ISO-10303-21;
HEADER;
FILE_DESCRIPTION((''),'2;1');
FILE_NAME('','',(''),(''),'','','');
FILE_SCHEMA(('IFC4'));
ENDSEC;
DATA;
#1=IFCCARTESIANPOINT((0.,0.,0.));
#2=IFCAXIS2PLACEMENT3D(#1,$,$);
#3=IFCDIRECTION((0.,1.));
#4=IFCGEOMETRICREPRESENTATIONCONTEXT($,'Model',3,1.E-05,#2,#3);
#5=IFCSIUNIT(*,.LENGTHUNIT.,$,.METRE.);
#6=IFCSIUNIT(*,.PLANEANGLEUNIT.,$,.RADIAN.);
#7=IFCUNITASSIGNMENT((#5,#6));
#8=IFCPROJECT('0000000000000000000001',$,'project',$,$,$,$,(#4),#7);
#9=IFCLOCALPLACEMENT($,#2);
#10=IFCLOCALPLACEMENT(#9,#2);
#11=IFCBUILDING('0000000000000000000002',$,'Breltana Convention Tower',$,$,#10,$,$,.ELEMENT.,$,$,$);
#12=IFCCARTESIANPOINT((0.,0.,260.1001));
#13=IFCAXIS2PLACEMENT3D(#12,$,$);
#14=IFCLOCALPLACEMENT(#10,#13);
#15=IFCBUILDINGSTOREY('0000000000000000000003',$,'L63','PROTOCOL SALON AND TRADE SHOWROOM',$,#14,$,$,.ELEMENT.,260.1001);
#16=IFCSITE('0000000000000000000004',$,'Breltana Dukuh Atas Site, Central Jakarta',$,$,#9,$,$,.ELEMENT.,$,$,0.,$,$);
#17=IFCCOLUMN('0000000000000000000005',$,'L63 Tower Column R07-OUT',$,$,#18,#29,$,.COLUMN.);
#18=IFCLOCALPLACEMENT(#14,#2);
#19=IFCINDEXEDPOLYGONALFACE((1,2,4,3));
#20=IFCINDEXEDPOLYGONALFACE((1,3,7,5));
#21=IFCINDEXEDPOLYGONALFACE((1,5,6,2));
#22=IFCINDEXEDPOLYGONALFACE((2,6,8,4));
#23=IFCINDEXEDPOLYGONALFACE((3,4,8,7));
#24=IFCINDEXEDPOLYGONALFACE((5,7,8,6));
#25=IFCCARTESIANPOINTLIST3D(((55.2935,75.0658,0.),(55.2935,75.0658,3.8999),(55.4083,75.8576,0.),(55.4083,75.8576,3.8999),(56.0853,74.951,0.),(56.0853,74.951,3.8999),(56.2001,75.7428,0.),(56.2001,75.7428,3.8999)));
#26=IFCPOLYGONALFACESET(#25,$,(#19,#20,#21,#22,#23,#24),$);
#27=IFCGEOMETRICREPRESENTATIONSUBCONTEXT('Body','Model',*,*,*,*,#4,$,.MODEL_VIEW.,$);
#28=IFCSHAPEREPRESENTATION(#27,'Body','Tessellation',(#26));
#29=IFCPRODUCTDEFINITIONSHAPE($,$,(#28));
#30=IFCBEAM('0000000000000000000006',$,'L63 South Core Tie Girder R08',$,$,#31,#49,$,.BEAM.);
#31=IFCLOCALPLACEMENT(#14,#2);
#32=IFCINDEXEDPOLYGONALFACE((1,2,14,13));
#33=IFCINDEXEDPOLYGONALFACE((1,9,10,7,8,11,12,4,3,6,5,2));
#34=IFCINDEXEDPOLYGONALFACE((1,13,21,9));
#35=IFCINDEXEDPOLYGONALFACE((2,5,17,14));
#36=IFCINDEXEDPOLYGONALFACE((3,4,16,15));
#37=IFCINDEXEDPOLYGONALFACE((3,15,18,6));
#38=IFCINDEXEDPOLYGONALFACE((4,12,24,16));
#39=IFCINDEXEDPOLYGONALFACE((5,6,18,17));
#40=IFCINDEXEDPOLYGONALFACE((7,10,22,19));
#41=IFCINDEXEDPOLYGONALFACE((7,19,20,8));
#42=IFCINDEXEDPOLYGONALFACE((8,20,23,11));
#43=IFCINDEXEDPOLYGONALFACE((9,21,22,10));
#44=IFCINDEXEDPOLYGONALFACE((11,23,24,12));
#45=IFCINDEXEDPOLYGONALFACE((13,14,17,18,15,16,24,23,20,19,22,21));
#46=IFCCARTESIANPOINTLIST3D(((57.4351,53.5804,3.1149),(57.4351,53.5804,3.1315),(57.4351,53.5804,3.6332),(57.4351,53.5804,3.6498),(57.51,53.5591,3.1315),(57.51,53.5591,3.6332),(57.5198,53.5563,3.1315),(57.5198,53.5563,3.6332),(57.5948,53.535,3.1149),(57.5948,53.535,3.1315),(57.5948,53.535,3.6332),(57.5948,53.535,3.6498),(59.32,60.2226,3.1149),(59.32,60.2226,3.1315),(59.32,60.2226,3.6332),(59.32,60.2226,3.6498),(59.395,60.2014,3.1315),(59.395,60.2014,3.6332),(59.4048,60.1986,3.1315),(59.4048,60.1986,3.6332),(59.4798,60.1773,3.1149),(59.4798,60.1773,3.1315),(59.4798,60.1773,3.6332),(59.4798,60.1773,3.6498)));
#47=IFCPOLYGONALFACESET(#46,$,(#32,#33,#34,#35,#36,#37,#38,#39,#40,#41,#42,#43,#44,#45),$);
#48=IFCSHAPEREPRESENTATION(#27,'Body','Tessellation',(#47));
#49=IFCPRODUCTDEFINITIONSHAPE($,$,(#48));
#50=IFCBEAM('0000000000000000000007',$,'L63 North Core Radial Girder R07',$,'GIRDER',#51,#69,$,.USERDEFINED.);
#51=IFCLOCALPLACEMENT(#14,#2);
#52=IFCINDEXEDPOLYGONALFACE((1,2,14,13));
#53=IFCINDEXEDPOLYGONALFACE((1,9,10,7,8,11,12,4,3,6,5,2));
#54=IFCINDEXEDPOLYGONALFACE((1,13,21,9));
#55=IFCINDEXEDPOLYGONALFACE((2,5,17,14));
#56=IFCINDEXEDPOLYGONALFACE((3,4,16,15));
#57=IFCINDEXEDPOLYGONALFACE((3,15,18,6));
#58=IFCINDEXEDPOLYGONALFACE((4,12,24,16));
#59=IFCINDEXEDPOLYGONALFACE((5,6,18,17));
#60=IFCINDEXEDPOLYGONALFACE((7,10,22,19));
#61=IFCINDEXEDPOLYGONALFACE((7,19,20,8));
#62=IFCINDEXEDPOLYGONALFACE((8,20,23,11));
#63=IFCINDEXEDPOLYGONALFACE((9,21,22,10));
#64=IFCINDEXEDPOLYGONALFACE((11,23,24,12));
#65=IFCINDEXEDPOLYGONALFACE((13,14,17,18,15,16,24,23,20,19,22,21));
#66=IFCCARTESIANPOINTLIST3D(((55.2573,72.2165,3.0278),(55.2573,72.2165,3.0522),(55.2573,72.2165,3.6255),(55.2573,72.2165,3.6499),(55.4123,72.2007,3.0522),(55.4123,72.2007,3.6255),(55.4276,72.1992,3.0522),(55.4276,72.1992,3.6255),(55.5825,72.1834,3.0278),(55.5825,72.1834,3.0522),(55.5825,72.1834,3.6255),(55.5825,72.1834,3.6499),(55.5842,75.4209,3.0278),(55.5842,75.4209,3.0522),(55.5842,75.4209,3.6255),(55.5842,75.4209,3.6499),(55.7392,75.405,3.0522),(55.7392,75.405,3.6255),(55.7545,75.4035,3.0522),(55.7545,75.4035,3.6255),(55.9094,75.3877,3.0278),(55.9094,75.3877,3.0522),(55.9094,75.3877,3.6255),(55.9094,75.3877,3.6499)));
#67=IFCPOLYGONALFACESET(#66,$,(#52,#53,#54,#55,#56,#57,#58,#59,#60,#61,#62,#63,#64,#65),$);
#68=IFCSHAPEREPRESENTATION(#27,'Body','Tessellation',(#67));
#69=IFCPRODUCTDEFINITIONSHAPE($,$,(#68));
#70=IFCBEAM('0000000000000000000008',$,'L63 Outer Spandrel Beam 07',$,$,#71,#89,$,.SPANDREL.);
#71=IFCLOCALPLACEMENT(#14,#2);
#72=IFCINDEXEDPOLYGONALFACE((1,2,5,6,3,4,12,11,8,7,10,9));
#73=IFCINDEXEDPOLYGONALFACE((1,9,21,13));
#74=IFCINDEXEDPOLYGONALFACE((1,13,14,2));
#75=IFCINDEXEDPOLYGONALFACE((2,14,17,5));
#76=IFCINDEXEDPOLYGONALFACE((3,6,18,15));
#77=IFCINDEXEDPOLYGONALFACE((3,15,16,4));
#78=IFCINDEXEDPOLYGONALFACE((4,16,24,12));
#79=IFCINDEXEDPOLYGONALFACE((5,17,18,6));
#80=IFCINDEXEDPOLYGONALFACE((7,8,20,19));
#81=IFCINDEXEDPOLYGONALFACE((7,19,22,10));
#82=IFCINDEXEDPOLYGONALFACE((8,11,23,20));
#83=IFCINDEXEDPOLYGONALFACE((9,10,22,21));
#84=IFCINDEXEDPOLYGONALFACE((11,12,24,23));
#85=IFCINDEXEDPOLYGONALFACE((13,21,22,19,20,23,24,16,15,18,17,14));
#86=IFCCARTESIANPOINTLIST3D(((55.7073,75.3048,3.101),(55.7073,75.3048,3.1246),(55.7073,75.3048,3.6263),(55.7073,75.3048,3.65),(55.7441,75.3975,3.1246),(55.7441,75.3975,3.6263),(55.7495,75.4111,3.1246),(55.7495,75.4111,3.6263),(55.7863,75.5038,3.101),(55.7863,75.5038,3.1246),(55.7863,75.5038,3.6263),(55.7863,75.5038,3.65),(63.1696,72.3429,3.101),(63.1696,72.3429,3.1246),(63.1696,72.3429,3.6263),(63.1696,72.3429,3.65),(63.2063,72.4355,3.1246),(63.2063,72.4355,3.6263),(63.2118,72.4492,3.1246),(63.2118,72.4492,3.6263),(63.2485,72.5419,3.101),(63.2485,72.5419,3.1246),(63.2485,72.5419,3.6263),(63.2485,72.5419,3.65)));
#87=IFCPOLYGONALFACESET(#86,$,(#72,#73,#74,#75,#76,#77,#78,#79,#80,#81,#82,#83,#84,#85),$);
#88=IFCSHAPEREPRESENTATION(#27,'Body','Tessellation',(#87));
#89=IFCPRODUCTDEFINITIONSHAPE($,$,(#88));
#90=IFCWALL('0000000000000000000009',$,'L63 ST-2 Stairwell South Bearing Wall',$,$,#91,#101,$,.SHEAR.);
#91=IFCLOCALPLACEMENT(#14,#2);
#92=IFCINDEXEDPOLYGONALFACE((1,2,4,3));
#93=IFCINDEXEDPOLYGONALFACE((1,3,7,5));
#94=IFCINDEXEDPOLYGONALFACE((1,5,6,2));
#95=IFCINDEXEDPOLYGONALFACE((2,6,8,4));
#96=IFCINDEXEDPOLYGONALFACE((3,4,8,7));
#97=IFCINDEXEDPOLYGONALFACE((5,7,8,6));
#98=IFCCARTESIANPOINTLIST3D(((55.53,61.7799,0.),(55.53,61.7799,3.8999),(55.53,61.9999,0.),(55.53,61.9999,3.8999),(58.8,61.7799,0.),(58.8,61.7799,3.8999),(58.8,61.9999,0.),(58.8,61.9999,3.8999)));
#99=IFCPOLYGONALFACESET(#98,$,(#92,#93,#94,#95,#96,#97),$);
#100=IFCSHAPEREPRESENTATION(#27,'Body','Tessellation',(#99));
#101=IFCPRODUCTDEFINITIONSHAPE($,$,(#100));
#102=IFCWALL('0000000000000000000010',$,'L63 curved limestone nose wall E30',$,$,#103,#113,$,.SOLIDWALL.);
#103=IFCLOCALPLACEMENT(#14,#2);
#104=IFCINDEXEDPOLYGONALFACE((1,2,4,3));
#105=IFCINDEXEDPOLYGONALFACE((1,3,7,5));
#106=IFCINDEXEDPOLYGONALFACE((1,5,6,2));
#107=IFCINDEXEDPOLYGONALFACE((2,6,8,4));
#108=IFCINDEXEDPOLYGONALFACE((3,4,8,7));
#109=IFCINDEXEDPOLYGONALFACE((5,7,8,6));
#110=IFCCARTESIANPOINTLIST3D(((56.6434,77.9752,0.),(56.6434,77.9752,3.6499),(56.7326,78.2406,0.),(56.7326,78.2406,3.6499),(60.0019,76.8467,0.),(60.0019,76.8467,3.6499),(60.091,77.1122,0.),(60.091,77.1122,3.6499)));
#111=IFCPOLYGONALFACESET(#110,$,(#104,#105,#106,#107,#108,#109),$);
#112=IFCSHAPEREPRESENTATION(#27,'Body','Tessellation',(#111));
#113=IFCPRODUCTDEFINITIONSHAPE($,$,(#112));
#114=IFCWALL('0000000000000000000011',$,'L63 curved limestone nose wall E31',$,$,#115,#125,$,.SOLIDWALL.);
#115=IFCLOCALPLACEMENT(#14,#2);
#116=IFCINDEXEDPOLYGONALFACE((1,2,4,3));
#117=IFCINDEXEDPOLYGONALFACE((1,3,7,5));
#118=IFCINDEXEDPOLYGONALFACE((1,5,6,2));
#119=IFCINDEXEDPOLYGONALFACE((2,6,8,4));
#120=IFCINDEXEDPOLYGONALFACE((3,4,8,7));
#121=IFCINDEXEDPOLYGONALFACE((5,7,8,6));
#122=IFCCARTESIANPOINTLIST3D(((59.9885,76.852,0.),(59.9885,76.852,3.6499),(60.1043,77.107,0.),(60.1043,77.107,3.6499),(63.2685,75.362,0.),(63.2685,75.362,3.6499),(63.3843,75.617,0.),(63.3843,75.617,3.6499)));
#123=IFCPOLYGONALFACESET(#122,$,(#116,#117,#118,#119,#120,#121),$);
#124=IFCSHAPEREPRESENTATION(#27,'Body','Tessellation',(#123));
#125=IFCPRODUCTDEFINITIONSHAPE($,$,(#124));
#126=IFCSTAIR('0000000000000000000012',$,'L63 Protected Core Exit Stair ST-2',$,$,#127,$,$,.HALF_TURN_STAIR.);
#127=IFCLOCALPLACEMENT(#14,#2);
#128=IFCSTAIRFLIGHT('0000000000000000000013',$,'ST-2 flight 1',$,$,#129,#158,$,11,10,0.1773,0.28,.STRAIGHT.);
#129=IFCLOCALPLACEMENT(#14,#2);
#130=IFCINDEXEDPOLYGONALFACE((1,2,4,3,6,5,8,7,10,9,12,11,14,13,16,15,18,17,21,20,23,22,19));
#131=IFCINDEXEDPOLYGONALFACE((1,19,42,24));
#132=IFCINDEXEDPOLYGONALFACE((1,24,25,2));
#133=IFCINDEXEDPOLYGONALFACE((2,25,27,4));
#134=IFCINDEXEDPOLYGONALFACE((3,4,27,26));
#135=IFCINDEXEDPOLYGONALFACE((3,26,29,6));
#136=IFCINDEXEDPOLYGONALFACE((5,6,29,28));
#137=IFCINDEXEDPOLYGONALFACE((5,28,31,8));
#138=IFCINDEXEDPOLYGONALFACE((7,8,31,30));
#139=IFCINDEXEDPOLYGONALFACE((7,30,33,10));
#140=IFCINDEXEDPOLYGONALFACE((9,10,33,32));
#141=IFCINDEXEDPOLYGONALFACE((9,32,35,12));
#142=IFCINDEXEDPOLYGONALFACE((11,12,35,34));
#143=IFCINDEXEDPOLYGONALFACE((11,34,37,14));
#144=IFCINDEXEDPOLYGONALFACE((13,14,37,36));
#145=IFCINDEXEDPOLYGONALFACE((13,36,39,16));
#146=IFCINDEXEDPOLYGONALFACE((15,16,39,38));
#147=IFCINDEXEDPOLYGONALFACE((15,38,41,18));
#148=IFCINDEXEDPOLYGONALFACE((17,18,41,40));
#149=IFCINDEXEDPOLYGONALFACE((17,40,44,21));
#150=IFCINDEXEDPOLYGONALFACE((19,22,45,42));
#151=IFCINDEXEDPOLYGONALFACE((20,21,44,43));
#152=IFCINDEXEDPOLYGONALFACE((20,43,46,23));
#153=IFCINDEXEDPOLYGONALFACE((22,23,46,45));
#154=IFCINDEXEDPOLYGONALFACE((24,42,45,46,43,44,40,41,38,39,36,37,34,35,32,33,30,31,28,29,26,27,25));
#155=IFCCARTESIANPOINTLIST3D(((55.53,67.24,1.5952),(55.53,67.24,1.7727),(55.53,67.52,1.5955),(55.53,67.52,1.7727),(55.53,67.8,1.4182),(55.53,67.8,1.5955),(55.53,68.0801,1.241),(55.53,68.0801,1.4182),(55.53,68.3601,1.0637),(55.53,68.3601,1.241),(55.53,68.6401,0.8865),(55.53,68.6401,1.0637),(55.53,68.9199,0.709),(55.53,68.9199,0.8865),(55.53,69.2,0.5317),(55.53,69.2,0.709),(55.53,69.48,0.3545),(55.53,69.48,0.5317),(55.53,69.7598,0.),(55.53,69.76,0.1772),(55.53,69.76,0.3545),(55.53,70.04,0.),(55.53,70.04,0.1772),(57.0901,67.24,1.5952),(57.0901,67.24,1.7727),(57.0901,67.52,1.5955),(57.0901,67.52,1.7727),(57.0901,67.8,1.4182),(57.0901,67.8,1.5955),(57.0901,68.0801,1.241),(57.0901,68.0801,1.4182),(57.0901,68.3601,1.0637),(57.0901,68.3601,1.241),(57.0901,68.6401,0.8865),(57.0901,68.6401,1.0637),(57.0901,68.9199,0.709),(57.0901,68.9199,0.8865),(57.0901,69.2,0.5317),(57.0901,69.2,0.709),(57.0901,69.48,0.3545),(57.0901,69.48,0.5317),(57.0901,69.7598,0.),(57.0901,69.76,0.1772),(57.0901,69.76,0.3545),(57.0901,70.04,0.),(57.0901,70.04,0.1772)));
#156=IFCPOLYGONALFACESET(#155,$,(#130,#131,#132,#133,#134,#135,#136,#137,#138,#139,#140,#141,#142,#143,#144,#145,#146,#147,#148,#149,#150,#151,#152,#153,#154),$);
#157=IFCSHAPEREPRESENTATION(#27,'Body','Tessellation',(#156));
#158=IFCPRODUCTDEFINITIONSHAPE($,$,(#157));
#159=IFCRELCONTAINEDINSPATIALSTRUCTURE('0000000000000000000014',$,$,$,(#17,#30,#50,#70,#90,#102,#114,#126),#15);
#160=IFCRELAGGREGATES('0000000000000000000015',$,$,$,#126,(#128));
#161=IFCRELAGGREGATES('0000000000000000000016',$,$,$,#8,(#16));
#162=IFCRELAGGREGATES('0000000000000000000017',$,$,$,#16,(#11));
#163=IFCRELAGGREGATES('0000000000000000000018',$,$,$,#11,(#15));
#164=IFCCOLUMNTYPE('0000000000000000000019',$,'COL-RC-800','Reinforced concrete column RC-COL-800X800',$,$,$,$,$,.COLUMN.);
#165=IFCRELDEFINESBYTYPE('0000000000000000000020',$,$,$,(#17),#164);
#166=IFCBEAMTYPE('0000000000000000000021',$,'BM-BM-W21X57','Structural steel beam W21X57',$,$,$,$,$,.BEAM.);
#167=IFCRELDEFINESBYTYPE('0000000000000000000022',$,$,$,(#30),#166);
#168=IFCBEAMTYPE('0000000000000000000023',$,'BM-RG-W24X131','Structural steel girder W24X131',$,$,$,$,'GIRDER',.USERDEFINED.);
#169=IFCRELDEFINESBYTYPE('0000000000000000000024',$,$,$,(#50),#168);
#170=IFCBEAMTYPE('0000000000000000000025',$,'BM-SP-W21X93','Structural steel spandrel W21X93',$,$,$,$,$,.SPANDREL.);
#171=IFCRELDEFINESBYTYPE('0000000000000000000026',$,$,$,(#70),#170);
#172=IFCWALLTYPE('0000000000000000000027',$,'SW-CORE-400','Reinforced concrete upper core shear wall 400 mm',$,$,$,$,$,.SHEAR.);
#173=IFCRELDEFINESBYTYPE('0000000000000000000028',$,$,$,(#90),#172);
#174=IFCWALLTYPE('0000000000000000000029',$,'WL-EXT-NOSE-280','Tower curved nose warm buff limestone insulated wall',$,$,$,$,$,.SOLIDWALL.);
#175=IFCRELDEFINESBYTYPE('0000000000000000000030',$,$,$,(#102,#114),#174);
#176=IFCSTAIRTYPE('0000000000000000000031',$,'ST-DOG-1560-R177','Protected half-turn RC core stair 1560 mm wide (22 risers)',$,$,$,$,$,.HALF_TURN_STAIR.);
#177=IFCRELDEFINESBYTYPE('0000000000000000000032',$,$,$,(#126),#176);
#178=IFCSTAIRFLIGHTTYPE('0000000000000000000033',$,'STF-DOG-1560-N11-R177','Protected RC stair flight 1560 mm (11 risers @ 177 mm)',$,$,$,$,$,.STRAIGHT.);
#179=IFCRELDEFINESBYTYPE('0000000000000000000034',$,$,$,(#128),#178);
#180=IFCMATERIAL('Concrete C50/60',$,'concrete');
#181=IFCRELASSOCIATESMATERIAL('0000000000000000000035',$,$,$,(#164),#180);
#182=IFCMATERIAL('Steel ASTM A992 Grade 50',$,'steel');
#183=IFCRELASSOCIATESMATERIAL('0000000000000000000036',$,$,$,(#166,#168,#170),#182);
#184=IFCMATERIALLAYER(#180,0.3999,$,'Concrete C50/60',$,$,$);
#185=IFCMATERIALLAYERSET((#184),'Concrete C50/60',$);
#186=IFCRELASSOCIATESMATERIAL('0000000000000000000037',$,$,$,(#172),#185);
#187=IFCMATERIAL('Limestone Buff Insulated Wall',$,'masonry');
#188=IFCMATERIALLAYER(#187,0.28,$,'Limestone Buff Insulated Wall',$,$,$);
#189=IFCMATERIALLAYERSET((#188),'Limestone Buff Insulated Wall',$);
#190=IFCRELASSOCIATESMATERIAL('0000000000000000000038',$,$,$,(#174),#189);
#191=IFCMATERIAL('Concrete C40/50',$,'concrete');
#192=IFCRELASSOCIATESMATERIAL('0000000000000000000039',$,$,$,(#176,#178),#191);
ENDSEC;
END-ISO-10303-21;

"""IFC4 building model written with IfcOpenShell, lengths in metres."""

from ifc_helpers import new_model, si_unit, direction, frame, frame_2d, origin, origin_2d, place, context, subcontext, project, spatial, polyline, rectangle, i_section, outline, extrude, source, transform, mapped, material, layer, layer_set, material_profile, profile_set, type_object, type_shapes, element, aggregate, save


model = new_model("IFC4")

# Units and contexts
model_context = context("Model", 3, precision=1e-05, world=origin(), true_north=direction((0.0, 1.0)))
body_context = subcontext(model_context, "Body", "Model", "MODEL_VIEW")
ifc_project = project(units=[si_unit("LENGTHUNIT", "METRE"), si_unit("PLANEANGLEUNIT", "RADIAN")], contexts=[model_context])

# Site, building, storey
site_placement = place(None, origin())
site = spatial("IfcSite", under=ifc_project, at=site_placement, Name="Breltana Dukuh Atas Site, Central Jakarta", CompositionType="ELEMENT", RefElevation=0.0)
building_placement = place(site_placement, origin())
building = spatial("IfcBuilding", under=site, at=building_placement, Name="Breltana Convention Tower", CompositionType="ELEMENT")
storey_placement = place(building_placement, frame((0.0, 0.0, 260.1001)))
storey = spatial("IfcBuildingStorey", under=building, at=storey_placement, Name="L63", Description="PROTOCOL SALON AND TRADE SHOWROOM", CompositionType="ELEMENT", Elevation=260.1001)

# Column
ifc_material_1 = material(Name="Concrete C50/60", Category="concrete")
ifc_material_profile_1 = material_profile(ifc_material_1, rectangle(XDim=0.8, YDim=0.8, at=origin_2d()), Name="RC-COL-800X800")
ifc_profile_set_1 = profile_set([ifc_material_profile_1], Name="Concrete C50/60")
column_type = type_object("IfcColumnType", Name="COL-RC-800", Description="Reinforced concrete column RC-COL-800X800", PredefinedType="COLUMN", material=ifc_profile_set_1)
shared_shape_1 = source(origin(), body_context, "Body", "SweptSolid", [
    extrude(rectangle(XDim=0.8, YDim=0.8, at=origin_2d()), origin(), (0.0, 0.0, 1.0), 3.8999),
])
column_placement = place(storey_placement, frame((55.7468, 75.4043, 0.0), z_axis=(0.0, 0.0, 1.0), x_axis=(0.143493, 0.989651, 0.0)))
element("IfcColumn", 1, at=column_placement, inside=storey, type_object=column_type, Name="L63 Tower Column R07-OUT", PredefinedType="COLUMN", context=body_context, shape_type="MappedRepresentation", body=[
    mapped(shared_shape_1, transform((0.0, 0.0, 0.0), scale=1.0)),
])

# Beams
ifc_material_2 = material(Name="Steel ASTM A992 Grade 50", Category="steel")
ifc_material_profile_2 = material_profile(ifc_material_2, i_section(OverallWidth=0.166, OverallDepth=0.5349, WebThickness=0.0103, FlangeThickness=0.0166, at=origin_2d()), Name="W21X57")
ifc_profile_set_2 = profile_set([ifc_material_profile_2], Name="Steel ASTM A992 Grade 50")
beam_type_1 = type_object("IfcBeamType", Name="BM-BM-W21X57", Description="Structural steel beam W21X57", PredefinedType="BEAM", material=ifc_profile_set_2)
shared_shape_2 = source(origin(), body_context, "Body", "SweptSolid", [
    extrude(i_section(OverallWidth=0.166, OverallDepth=0.5349, WebThickness=0.0103, FlangeThickness=0.0166, at=origin_2d()), origin(), (0.0, 0.0, 1.0), 6.9045),
])
type_shapes(beam_type_1, [shared_shape_2])
beam_1_placement = place(storey_placement, frame((59.3999, 60.2, 3.3823), z_axis=(-0.273007, -0.962012, 0.0), x_axis=(0.962012, -0.273007, 0.0)))
element("IfcBeam", 2, at=beam_1_placement, inside=storey, type_object=beam_type_1, Name="L63 South Core Tie Girder R08", PredefinedType="BEAM", context=body_context, shape_type="MappedRepresentation", body=[
    mapped(shared_shape_2, transform((0.0, 0.0, 0.0), scale=1.0)),
])
ifc_material_profile_3 = material_profile(ifc_material_2, i_section(OverallWidth=0.3269, OverallDepth=0.6221, WebThickness=0.0154, FlangeThickness=0.0244, at=origin_2d()), Name="W24X131")
ifc_profile_set_3 = profile_set([ifc_material_profile_3], Name="Steel ASTM A992 Grade 50")
beam_type_2 = type_object("IfcBeamType", Name="BM-RG-W24X131", Description="Structural steel girder W24X131", ElementType="GIRDER", PredefinedType="USERDEFINED", material=ifc_profile_set_3)
shared_shape_3 = source(origin(), body_context, "Body", "SweptSolid", [
    extrude(i_section(OverallWidth=0.3269, OverallDepth=0.6221, WebThickness=0.0154, FlangeThickness=0.0244, at=origin_2d()), origin(), (0.0, 0.0, 1.0), 3.2209),
])
beam_2_placement = place(storey_placement, frame((55.4199, 72.2, 3.3389), z_axis=(0.101492, 0.994836, 0.0), x_axis=(-0.994836, 0.101492, 0.0)))
element("IfcBeam", 3, at=beam_2_placement, inside=storey, type_object=beam_type_2, Name="L63 North Core Radial Girder R07", ObjectType="GIRDER", PredefinedType="USERDEFINED", context=body_context, shape_type="MappedRepresentation", body=[
    mapped(shared_shape_3, transform((0.0, 0.0, 0.0), scale=1.0)),
])
ifc_material_profile_4 = material_profile(ifc_material_2, i_section(OverallWidth=0.2141, OverallDepth=0.5491, WebThickness=0.0146, FlangeThickness=0.0237, at=origin_2d()), Name="W21X93")
ifc_profile_set_4 = profile_set([ifc_material_profile_4], Name="Steel ASTM A992 Grade 50")
beam_type_3 = type_object("IfcBeamType", Name="BM-SP-W21X93", Description="Structural steel spandrel W21X93", PredefinedType="SPANDREL", material=ifc_profile_set_4)
shared_shape_4 = source(origin(), body_context, "Body", "SweptSolid", [
    extrude(i_section(OverallWidth=0.2141, OverallDepth=0.5491, WebThickness=0.0146, FlangeThickness=0.0237, at=origin_2d()), origin(), (0.0, 0.0, 1.0), 8.0286),
])
beam_3_placement = place(storey_placement, frame((55.7468, 75.4043, 3.3755), z_axis=(0.929459, -0.368925, 0.0), x_axis=(0.368925, 0.929459, 0.0)))
element("IfcBeam", 4, at=beam_3_placement, inside=storey, type_object=beam_type_3, Name="L63 Outer Spandrel Beam 07", PredefinedType="SPANDREL", context=body_context, shape_type="MappedRepresentation", body=[
    mapped(shared_shape_4, transform((0.0, 0.0, 0.0), scale=1.0)),
])

# Walls
ifc_layer_1 = layer(ifc_material_1, 0.3999, Name="Concrete C50/60")
ifc_layer_set_1 = layer_set([ifc_layer_1], Name="Concrete C50/60")
wall_type_1 = type_object("IfcWallType", Name="SW-CORE-400", Description="Reinforced concrete upper core shear wall 400 mm", PredefinedType="SHEAR", material=ifc_layer_set_1)
shared_shape_5 = source(origin(), body_context, "Body", "SweptSolid", [
    extrude(rectangle(XDim=3.27, YDim=0.22, at=frame_2d((1.635, 0.0))), origin(), (0.0, 0.0, 1.0), 3.8999),
])
wall_1_placement = place(storey_placement, frame((55.53, 61.8899, 0.0), z_axis=(0.0, 0.0, 1.0), x_axis=(1.0, 0.0, 0.0)))
element("IfcWall", 5, at=wall_1_placement, inside=storey, type_object=wall_type_1, Name="L63 ST-2 Stairwell South Bearing Wall", PredefinedType="SHEAR", context=body_context, shape_type="MappedRepresentation", body=[
    mapped(shared_shape_5, transform((0.0, 0.0, 0.0), scale=1.0)),
])
ifc_material_3 = material(Name="Limestone Buff Insulated Wall", Category="masonry")
ifc_layer_2 = layer(ifc_material_3, 0.28, Name="Limestone Buff Insulated Wall")
ifc_layer_set_2 = layer_set([ifc_layer_2], Name="Limestone Buff Insulated Wall")
wall_type_2 = type_object("IfcWallType", Name="WL-EXT-NOSE-280", Description="Tower curved nose warm buff limestone insulated wall", PredefinedType="SOLIDWALL", material=ifc_layer_set_2)
shared_shape_6 = source(origin(), body_context, "Body", "SweptSolid", [
    extrude(rectangle(XDim=3.543, YDim=0.28, at=frame_2d((1.7715, 0.0))), origin(), (0.0, 0.0, 1.0), 3.6499),
])
wall_2_placement = place(storey_placement, frame((56.688, 78.1079, 0.0), z_axis=(0.0, 0.0, 1.0), x_axis=(0.947923, -0.318501, 0.0)))
element("IfcWall", 6, at=wall_2_placement, inside=storey, type_object=wall_type_2, Name="L63 curved limestone nose wall E30", PredefinedType="SOLIDWALL", context=body_context, shape_type="MappedRepresentation", body=[
    mapped(shared_shape_6, transform((0.0, 0.0, 0.0), scale=1.0)),
])
shared_shape_7 = source(origin(), body_context, "Body", "SweptSolid", [
    extrude(rectangle(XDim=3.6025, YDim=0.28, at=frame_2d((1.8013, 0.0))), origin(), (0.0, 0.0, 1.0), 3.6499),
])
wall_3_placement = place(storey_placement, frame((60.0464, 76.9795, 0.0), z_axis=(0.0, 0.0, 1.0), x_axis=(0.910464, -0.413588, 0.0)))
element("IfcWall", 7, at=wall_3_placement, inside=storey, type_object=wall_type_2, Name="L63 curved limestone nose wall E31", PredefinedType="SOLIDWALL", context=body_context, shape_type="MappedRepresentation", body=[
    mapped(shared_shape_7, transform((0.0, 0.0, 0.0), scale=1.0)),
])

# Stair, stair flight
ifc_material_4 = material(Name="Concrete C40/50", Category="concrete")
stair_type = type_object("IfcStairType", Name="ST-DOG-1560-R177", Description="Protected half-turn RC core stair 1560 mm wide (22 risers)", PredefinedType="HALF_TURN_STAIR", material=ifc_material_4)
stair_placement = place(storey_placement, origin())
stair = element("IfcStair", 8, at=stair_placement, inside=storey, type_object=stair_type, Name="L63 Protected Core Exit Stair ST-2", PredefinedType="HALF_TURN_STAIR")
stair_flight_type = type_object("IfcStairFlightType", Name="STF-DOG-1560-N11-R177", Description="Protected RC stair flight 1560 mm (11 risers @ 177 mm)", PredefinedType="STRAIGHT", material=ifc_material_4)
stair_flight_1_placement = place(storey_placement, frame((56.3101, 70.04, 0.0), z_axis=(0.0, 0.0, 1.0), x_axis=(0.0, -1.0, 0.0)))
stair_flight_1 = element("IfcStairFlight", 9, at=stair_flight_1_placement, type_object=stair_flight_type, Name="ST-2 flight 1", NumberOfRisers=11, NumberOfTreads=10, PredefinedType="STRAIGHT", RiserHeight=0.1773, TreadLength=0.28, context=body_context, shape_type="SweptSolid", body=[
    extrude(outline(polyline([(0.0, 0.0), (0.0, 0.1772), (0.28, 0.1772), (0.28, 0.3545), (0.5601, 0.3545), (0.5601, 0.5317), (0.8401, 0.5317), (0.8401, 0.709), (1.1201, 0.709), (1.1201, 0.8865), (1.3999, 0.8865), (1.3999, 1.0637), (1.6799, 1.0637), (1.6799, 1.241), (1.96, 1.241), (1.96, 1.4182), (2.24, 1.4182), (2.24, 1.5955), (2.52, 1.5955), (2.52, 1.7727), (2.8, 1.7727), (2.8, 1.95), (2.8, 1.5952), (0.2803, 0.0), (0.0, 0.0)])), frame((0.0, 0.78, 0.0), z_axis=(0.0, -1.0, 0.0), x_axis=(1.0, 0.0, 0.0)), (0.0, 0.0, 1.0), 1.5601),
])
aggregate(stair, [stair_flight_1])

save(model, "model.ifc")
